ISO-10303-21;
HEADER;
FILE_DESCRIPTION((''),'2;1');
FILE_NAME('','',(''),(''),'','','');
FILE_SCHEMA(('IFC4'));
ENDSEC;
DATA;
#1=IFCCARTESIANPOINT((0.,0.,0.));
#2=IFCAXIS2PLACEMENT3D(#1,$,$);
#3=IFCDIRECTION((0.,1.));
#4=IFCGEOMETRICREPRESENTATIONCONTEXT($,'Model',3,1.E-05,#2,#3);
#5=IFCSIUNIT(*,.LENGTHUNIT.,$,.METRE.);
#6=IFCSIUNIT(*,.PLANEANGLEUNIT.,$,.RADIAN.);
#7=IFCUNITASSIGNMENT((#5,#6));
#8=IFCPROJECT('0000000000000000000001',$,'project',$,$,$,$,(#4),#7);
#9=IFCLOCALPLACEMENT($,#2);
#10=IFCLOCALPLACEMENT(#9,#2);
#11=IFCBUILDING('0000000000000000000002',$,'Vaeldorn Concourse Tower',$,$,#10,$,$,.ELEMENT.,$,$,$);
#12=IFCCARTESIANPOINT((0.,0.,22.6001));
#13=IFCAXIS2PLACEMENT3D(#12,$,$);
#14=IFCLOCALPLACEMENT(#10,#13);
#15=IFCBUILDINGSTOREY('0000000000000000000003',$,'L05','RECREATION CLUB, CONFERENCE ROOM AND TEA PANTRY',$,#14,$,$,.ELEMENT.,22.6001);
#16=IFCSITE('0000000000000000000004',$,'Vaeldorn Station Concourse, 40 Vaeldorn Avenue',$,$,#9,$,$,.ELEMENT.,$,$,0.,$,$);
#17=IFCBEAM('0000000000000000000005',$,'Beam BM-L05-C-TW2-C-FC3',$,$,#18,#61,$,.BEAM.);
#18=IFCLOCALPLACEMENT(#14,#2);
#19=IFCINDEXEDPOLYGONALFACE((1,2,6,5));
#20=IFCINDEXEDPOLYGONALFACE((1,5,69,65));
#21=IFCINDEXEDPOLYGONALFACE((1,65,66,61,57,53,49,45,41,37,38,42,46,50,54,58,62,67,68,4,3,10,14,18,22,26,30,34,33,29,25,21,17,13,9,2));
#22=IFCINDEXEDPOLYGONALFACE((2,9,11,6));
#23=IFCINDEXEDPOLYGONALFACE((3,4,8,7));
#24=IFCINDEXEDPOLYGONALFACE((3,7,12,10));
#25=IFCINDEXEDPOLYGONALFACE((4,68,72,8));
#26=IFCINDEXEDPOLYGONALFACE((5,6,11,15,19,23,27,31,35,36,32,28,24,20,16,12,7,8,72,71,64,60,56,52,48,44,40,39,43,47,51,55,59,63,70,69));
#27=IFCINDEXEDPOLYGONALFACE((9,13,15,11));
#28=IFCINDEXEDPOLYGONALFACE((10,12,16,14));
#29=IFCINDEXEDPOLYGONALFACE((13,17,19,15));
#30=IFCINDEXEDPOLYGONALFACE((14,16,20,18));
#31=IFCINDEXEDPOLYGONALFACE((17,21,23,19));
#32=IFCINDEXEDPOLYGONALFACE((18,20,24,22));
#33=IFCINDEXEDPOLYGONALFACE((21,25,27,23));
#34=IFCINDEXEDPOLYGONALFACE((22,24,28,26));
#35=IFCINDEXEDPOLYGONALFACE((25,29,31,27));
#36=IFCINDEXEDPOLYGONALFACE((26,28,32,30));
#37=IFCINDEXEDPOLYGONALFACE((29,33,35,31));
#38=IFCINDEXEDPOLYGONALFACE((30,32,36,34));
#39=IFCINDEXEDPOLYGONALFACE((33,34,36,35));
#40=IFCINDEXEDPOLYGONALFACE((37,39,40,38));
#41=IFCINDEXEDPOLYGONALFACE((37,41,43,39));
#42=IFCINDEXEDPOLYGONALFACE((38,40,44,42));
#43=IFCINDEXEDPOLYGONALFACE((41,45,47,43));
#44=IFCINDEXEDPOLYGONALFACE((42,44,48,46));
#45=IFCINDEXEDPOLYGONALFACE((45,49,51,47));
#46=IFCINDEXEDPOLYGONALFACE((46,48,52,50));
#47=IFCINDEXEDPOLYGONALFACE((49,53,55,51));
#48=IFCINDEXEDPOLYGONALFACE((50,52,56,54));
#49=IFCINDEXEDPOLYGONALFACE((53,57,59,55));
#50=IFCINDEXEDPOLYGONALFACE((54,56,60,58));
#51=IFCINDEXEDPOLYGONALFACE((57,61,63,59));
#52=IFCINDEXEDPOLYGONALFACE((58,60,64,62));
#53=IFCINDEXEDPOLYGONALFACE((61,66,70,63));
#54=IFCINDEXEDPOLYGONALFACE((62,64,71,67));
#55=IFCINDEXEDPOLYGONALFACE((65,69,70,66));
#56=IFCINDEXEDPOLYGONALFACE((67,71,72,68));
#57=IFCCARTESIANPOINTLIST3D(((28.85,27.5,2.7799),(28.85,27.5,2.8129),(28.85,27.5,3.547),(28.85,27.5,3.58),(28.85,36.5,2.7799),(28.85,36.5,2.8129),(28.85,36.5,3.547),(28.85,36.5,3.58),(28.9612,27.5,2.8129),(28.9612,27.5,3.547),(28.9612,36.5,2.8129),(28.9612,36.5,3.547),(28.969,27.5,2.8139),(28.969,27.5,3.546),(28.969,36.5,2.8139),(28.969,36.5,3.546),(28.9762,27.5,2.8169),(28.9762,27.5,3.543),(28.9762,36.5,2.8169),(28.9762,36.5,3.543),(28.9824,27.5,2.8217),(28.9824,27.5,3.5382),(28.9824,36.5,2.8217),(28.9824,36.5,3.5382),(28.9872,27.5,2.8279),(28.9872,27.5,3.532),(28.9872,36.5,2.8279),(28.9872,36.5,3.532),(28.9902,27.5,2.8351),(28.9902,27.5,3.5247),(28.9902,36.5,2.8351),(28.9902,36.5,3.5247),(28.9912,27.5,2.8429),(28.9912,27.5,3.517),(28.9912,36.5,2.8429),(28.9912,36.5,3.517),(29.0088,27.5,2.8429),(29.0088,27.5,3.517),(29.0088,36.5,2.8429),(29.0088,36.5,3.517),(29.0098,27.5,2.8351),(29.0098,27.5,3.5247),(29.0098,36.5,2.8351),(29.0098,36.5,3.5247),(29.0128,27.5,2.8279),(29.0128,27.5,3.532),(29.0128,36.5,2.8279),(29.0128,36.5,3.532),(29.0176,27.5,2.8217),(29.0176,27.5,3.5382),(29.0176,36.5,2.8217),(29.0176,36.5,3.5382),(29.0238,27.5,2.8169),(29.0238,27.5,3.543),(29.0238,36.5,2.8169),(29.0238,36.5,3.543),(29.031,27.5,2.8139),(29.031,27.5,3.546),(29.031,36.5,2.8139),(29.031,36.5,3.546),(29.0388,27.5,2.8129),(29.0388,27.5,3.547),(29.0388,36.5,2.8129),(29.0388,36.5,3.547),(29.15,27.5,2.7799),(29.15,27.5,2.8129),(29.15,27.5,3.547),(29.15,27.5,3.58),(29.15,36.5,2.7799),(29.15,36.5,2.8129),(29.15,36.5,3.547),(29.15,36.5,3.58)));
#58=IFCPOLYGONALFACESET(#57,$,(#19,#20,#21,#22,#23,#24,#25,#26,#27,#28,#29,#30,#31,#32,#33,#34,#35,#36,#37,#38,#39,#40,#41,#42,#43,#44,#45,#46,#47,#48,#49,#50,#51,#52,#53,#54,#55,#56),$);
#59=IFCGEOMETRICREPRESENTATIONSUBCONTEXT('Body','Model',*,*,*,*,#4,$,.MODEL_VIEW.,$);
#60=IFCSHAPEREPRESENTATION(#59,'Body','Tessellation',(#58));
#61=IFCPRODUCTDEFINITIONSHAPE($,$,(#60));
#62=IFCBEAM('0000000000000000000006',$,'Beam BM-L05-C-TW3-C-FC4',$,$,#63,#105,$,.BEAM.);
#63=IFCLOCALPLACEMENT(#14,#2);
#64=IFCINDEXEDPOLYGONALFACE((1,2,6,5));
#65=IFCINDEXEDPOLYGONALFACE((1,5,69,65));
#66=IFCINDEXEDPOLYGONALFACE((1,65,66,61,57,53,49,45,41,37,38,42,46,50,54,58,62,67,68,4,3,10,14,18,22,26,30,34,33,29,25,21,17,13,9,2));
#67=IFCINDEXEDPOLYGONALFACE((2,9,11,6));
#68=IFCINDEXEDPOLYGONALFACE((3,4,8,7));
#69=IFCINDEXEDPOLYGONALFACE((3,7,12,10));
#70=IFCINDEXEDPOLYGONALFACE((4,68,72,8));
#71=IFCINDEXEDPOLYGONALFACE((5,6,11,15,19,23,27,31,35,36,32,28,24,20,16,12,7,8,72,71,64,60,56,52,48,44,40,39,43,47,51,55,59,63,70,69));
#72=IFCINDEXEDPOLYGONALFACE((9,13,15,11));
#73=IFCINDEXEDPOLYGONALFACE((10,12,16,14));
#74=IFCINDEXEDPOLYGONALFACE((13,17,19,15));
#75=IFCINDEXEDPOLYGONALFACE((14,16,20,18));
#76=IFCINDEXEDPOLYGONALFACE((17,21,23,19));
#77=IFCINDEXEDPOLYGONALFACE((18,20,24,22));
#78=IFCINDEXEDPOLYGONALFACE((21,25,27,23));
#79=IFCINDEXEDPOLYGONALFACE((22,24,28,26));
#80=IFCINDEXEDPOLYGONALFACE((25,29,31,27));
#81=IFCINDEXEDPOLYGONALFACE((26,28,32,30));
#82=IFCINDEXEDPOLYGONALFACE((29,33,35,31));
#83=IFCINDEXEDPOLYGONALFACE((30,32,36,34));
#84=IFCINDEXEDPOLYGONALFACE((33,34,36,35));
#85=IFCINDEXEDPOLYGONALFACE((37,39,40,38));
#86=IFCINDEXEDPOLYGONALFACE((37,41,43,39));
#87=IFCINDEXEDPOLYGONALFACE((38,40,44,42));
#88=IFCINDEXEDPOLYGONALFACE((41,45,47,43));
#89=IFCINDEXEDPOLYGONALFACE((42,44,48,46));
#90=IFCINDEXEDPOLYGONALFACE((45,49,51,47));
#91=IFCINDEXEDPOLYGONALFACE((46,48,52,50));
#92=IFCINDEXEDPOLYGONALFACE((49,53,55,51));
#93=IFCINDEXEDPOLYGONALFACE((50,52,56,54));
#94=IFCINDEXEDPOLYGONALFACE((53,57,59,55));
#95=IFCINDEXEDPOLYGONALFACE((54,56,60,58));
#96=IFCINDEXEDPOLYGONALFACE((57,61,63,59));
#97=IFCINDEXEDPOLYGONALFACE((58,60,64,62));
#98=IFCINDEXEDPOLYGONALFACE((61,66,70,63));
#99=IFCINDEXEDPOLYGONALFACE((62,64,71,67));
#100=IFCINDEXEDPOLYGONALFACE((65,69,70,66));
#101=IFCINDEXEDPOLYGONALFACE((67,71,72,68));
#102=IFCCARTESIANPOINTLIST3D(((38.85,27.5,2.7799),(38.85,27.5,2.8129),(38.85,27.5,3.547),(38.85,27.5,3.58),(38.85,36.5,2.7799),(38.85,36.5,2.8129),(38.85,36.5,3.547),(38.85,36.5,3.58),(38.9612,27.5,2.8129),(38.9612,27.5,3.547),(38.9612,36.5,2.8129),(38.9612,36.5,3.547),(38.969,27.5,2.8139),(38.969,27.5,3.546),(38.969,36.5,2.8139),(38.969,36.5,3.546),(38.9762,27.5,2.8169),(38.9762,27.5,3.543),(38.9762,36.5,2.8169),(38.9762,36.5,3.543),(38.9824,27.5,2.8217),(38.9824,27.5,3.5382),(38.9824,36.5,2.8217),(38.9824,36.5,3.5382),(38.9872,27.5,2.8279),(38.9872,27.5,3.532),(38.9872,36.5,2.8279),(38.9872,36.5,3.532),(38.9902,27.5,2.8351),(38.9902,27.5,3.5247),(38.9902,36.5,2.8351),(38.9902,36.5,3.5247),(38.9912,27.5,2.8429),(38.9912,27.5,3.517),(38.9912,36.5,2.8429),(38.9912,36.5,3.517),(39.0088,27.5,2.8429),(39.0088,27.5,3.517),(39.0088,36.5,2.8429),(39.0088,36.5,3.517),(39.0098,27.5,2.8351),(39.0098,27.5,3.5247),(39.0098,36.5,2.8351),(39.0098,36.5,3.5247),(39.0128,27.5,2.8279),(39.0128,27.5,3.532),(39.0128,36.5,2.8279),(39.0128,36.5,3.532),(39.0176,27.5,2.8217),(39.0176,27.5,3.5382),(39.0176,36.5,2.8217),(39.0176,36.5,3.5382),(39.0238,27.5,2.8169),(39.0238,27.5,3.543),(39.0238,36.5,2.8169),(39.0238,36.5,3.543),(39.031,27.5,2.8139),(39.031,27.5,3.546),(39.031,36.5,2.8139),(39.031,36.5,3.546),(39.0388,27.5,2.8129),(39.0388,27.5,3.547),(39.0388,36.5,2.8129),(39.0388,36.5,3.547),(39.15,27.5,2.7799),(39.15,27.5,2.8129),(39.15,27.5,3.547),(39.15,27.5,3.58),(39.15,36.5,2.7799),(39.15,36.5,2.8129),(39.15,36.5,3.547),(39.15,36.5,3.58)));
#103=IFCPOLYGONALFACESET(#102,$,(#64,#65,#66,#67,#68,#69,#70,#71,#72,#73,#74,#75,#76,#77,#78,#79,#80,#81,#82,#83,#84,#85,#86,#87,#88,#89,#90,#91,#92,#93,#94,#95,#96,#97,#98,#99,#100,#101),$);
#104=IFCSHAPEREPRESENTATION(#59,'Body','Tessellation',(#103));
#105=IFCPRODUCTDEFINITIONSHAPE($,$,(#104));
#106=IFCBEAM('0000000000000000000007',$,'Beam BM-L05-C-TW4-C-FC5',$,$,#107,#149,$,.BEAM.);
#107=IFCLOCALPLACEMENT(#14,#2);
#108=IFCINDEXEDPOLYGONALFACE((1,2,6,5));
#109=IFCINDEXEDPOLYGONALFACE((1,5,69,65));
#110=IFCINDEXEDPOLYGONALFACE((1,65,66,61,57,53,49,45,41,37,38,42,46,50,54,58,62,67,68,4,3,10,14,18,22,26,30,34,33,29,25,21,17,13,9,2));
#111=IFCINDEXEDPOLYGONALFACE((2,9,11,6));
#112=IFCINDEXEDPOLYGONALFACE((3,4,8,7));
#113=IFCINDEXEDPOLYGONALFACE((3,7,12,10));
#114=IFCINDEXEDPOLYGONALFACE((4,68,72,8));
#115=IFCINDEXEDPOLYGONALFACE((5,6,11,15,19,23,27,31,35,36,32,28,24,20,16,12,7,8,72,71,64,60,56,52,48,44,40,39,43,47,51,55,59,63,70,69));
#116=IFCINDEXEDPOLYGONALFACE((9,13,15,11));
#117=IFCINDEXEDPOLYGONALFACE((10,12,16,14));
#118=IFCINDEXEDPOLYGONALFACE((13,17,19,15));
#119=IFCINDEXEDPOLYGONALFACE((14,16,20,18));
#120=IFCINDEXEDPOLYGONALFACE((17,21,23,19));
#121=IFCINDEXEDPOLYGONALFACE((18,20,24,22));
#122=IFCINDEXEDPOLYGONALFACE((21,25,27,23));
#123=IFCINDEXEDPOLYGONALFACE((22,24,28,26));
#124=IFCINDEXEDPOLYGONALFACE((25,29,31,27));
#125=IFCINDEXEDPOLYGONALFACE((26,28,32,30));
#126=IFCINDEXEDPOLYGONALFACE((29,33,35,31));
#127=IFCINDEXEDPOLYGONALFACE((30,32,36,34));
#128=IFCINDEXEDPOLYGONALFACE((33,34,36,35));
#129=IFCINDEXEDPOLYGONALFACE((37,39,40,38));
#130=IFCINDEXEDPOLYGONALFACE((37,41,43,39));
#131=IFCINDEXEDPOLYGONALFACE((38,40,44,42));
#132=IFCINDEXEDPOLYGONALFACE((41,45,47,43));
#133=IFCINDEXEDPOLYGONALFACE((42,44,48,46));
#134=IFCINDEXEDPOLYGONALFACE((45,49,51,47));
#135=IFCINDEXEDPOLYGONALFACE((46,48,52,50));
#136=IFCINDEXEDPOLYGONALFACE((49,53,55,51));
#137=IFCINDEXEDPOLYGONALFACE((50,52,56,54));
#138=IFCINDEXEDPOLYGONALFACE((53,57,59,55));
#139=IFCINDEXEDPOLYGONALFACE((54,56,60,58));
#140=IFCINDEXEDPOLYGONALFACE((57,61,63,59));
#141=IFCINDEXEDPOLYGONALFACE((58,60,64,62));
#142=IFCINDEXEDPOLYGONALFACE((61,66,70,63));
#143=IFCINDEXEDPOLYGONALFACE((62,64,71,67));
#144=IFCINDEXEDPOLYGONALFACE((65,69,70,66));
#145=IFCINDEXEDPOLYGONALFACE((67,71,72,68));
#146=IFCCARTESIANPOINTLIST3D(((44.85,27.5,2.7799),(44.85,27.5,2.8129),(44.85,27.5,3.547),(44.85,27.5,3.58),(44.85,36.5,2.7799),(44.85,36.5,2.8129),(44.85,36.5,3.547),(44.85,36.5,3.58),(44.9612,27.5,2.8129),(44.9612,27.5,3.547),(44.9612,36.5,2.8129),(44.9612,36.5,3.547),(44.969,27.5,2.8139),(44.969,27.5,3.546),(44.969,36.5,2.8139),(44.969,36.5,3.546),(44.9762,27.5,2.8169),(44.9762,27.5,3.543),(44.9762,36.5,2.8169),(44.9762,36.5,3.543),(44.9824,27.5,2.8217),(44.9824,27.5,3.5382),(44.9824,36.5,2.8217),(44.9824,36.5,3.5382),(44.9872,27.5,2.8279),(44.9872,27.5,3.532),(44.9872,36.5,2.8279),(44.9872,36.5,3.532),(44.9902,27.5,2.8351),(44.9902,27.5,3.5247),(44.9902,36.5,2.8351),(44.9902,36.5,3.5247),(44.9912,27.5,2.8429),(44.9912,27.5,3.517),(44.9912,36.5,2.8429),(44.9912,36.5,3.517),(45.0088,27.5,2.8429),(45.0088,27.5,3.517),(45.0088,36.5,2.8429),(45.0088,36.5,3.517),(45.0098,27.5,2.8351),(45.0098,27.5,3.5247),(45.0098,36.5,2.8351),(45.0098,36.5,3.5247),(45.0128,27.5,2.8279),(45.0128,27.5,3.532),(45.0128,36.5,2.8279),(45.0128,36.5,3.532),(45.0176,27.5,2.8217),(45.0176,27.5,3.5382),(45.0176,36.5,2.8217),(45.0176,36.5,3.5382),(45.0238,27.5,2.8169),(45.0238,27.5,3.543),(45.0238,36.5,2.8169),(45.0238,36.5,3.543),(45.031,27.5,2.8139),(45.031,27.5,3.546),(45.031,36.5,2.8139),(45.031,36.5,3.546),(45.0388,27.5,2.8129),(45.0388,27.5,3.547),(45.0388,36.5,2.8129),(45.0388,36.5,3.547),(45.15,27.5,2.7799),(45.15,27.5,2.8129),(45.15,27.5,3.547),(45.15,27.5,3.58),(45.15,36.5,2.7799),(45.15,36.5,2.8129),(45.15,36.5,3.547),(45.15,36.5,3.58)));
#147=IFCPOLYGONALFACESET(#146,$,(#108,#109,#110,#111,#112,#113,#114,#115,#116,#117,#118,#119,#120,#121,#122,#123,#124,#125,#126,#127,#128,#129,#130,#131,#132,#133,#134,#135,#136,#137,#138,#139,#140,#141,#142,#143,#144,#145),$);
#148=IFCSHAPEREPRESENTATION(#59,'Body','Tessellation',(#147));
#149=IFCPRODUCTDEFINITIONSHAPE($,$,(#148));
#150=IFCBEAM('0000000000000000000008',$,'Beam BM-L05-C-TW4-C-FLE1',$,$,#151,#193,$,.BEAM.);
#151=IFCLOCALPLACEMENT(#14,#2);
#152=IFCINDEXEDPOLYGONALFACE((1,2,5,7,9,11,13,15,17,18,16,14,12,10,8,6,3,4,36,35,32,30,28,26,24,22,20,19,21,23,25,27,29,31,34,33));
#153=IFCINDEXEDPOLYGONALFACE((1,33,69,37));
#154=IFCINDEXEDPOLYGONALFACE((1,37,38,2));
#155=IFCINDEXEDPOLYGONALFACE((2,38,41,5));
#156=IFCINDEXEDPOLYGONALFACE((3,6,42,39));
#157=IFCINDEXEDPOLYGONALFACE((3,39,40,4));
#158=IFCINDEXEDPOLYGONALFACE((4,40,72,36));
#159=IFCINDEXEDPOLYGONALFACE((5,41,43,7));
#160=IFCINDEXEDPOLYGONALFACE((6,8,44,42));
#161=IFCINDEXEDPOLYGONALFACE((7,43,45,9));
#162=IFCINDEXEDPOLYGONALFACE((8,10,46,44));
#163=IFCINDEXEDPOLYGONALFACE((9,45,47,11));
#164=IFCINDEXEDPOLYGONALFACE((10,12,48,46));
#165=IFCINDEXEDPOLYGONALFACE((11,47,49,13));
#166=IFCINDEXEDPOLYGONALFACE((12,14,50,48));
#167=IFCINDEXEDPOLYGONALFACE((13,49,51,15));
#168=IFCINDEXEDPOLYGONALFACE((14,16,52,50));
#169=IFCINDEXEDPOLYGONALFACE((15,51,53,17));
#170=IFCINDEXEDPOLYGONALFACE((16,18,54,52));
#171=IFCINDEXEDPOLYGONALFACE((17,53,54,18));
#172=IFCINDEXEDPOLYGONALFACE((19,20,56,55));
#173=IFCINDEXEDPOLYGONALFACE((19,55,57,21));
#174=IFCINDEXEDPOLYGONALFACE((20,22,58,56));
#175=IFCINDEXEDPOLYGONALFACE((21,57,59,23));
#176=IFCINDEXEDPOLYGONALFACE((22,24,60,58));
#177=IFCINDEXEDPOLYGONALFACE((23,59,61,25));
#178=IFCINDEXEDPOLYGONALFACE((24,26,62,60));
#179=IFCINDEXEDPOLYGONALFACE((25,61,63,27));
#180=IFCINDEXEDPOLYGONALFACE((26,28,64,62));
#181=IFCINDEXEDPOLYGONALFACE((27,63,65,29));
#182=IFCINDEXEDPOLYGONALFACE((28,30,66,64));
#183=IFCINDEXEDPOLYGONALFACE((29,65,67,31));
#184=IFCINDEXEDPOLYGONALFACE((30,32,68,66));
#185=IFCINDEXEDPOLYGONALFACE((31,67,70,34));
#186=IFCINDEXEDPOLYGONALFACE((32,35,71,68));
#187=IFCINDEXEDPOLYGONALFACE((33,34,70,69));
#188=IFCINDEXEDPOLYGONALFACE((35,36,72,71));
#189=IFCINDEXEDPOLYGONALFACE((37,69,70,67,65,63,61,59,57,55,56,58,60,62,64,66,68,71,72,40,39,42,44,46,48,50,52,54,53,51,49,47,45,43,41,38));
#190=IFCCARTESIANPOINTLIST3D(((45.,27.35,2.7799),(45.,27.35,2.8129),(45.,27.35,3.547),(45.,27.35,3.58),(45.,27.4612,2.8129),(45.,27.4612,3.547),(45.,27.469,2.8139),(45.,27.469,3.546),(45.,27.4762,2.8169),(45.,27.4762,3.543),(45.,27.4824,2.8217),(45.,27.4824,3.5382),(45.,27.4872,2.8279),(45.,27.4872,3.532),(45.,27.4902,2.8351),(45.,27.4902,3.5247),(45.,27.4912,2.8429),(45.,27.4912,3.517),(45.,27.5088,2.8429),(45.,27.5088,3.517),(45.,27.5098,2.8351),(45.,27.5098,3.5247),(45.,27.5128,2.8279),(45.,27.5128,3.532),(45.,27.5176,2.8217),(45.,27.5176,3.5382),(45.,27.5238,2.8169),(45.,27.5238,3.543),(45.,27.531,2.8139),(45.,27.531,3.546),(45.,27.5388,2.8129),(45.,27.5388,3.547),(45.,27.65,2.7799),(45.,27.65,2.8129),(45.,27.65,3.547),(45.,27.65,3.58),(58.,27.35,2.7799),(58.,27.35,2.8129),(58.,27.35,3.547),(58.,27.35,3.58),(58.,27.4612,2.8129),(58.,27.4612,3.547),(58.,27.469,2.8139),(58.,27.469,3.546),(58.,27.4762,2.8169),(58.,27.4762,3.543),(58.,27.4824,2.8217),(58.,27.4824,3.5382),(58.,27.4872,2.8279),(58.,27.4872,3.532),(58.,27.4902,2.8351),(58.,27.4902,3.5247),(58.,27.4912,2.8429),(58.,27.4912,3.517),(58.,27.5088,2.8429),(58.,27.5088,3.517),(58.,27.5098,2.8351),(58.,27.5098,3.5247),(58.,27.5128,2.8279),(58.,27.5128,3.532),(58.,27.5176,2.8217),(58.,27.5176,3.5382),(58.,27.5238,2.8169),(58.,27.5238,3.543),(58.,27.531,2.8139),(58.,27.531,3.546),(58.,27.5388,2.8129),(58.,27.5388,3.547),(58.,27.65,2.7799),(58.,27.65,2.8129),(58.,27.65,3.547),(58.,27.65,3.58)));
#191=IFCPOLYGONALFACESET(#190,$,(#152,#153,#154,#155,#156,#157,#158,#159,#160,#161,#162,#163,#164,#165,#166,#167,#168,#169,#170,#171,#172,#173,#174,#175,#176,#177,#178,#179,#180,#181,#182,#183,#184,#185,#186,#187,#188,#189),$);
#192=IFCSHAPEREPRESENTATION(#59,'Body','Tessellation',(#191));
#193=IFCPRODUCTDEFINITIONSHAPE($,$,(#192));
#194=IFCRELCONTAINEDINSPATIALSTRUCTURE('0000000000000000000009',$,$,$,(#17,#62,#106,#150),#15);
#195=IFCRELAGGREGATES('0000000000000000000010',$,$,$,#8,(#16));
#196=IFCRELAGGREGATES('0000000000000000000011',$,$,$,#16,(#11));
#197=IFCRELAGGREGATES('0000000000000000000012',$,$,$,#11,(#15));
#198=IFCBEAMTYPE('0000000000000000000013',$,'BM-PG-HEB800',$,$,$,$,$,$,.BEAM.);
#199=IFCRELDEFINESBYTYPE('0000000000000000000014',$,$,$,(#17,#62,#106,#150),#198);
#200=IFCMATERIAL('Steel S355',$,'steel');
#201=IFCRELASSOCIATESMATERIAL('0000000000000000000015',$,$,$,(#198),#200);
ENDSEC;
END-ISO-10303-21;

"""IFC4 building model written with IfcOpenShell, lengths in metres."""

from ifc_helpers import new_model, si_unit, direction, frame, origin, origin_2d, place, context, subcontext, project, spatial, i_section, extrude, source, transform, mapped, material, material_profile, profile_set, type_object, element, save


model = new_model("IFC4")

# Units and contexts
model_context = context("Model", 3, precision=1e-05, world=origin(), true_north=direction((0.0, 1.0)))
body_context = subcontext(model_context, "Body", "Model", "MODEL_VIEW")
ifc_project = project(units=[si_unit("LENGTHUNIT", "METRE"), si_unit("PLANEANGLEUNIT", "RADIAN")], contexts=[model_context])

# Site, building, storey
site_placement = place(None, origin())
site = spatial("IfcSite", under=ifc_project, at=site_placement, Name="Vaeldorn Station Concourse, 40 Vaeldorn Avenue", CompositionType="ELEMENT", RefElevation=0.0)
building_placement = place(site_placement, origin())
building = spatial("IfcBuilding", under=site, at=building_placement, Name="Vaeldorn Concourse Tower", CompositionType="ELEMENT")
storey_placement = place(building_placement, frame((0.0, 0.0, 22.6001)))
storey = spatial("IfcBuildingStorey", under=building, at=storey_placement, Name="L05", Description="RECREATION CLUB, CONFERENCE ROOM AND TEA PANTRY", CompositionType="ELEMENT", Elevation=22.6001)

# Beams
ifc_material_1 = material(Name="Steel S355", Category="steel")
ifc_material_profile_1 = material_profile(ifc_material_1, i_section(OverallWidth=0.3, OverallDepth=0.8, WebThickness=0.0176, FlangeThickness=0.033, FilletRadius=0.03, at=origin_2d()), Name="HEB 800")
ifc_profile_set_1 = profile_set([ifc_material_profile_1], Name="Steel S355")
beam_type_1 = type_object("IfcBeamType", Name="BM-PG-HEB800", PredefinedType="BEAM", material=ifc_profile_set_1)
shared_shape_1 = source(origin(), body_context, "Body", "SweptSolid", [
    extrude(i_section(OverallWidth=0.3, OverallDepth=0.8, WebThickness=0.0176, FlangeThickness=0.033, FilletRadius=0.03, at=origin_2d()), origin(), (0.0, 0.0, 1.0), 9.0),
])
for number, where, z_axis, x_axis, name in (
    (1, (29.0, 27.5, 3.1799), (0.0, 1.0, 0.0), (-1.0, 0.0, 0.0), "Beam BM-L05-C-TW2-C-FC3"),
    (2, (39.0, 27.5, 3.1799), (0.0, 1.0, 0.0), (-1.0, 0.0, 0.0), "Beam BM-L05-C-TW3-C-FC4"),
    (3, (45.0, 27.5, 3.1799), (0.0, 1.0, 0.0), (-1.0, 0.0, 0.0), "Beam BM-L05-C-TW4-C-FC5"),
):
    element("IfcBeam", number, at=place(storey_placement, frame(where, z_axis=z_axis, x_axis=x_axis)), inside=storey, type_object=beam_type_1, Name=name, PredefinedType="BEAM", context=body_context, shape_type="MappedRepresentation", body=[
        mapped(shared_shape_1, transform((0.0, 0.0, 0.0), scale=1.0)),
    ])
shared_shape_2 = source(origin(), body_context, "Body", "SweptSolid", [
    extrude(i_section(OverallWidth=0.3, OverallDepth=0.8, WebThickness=0.0176, FlangeThickness=0.033, FilletRadius=0.03, at=origin_2d()), origin(), (0.0, 0.0, 1.0), 13.0),
])
beam_1_placement = place(storey_placement, frame((45.0, 27.5, 3.1799), z_axis=(1.0, 0.0, 0.0), x_axis=(0.0, 1.0, 0.0)))
element("IfcBeam", 4, at=beam_1_placement, inside=storey, type_object=beam_type_1, Name="Beam BM-L05-C-TW4-C-FLE1", PredefinedType="BEAM", context=body_context, shape_type="MappedRepresentation", body=[
    mapped(shared_shape_2, transform((0.0, 0.0, 0.0), scale=1.0)),
])

save(model, "model.ifc")
